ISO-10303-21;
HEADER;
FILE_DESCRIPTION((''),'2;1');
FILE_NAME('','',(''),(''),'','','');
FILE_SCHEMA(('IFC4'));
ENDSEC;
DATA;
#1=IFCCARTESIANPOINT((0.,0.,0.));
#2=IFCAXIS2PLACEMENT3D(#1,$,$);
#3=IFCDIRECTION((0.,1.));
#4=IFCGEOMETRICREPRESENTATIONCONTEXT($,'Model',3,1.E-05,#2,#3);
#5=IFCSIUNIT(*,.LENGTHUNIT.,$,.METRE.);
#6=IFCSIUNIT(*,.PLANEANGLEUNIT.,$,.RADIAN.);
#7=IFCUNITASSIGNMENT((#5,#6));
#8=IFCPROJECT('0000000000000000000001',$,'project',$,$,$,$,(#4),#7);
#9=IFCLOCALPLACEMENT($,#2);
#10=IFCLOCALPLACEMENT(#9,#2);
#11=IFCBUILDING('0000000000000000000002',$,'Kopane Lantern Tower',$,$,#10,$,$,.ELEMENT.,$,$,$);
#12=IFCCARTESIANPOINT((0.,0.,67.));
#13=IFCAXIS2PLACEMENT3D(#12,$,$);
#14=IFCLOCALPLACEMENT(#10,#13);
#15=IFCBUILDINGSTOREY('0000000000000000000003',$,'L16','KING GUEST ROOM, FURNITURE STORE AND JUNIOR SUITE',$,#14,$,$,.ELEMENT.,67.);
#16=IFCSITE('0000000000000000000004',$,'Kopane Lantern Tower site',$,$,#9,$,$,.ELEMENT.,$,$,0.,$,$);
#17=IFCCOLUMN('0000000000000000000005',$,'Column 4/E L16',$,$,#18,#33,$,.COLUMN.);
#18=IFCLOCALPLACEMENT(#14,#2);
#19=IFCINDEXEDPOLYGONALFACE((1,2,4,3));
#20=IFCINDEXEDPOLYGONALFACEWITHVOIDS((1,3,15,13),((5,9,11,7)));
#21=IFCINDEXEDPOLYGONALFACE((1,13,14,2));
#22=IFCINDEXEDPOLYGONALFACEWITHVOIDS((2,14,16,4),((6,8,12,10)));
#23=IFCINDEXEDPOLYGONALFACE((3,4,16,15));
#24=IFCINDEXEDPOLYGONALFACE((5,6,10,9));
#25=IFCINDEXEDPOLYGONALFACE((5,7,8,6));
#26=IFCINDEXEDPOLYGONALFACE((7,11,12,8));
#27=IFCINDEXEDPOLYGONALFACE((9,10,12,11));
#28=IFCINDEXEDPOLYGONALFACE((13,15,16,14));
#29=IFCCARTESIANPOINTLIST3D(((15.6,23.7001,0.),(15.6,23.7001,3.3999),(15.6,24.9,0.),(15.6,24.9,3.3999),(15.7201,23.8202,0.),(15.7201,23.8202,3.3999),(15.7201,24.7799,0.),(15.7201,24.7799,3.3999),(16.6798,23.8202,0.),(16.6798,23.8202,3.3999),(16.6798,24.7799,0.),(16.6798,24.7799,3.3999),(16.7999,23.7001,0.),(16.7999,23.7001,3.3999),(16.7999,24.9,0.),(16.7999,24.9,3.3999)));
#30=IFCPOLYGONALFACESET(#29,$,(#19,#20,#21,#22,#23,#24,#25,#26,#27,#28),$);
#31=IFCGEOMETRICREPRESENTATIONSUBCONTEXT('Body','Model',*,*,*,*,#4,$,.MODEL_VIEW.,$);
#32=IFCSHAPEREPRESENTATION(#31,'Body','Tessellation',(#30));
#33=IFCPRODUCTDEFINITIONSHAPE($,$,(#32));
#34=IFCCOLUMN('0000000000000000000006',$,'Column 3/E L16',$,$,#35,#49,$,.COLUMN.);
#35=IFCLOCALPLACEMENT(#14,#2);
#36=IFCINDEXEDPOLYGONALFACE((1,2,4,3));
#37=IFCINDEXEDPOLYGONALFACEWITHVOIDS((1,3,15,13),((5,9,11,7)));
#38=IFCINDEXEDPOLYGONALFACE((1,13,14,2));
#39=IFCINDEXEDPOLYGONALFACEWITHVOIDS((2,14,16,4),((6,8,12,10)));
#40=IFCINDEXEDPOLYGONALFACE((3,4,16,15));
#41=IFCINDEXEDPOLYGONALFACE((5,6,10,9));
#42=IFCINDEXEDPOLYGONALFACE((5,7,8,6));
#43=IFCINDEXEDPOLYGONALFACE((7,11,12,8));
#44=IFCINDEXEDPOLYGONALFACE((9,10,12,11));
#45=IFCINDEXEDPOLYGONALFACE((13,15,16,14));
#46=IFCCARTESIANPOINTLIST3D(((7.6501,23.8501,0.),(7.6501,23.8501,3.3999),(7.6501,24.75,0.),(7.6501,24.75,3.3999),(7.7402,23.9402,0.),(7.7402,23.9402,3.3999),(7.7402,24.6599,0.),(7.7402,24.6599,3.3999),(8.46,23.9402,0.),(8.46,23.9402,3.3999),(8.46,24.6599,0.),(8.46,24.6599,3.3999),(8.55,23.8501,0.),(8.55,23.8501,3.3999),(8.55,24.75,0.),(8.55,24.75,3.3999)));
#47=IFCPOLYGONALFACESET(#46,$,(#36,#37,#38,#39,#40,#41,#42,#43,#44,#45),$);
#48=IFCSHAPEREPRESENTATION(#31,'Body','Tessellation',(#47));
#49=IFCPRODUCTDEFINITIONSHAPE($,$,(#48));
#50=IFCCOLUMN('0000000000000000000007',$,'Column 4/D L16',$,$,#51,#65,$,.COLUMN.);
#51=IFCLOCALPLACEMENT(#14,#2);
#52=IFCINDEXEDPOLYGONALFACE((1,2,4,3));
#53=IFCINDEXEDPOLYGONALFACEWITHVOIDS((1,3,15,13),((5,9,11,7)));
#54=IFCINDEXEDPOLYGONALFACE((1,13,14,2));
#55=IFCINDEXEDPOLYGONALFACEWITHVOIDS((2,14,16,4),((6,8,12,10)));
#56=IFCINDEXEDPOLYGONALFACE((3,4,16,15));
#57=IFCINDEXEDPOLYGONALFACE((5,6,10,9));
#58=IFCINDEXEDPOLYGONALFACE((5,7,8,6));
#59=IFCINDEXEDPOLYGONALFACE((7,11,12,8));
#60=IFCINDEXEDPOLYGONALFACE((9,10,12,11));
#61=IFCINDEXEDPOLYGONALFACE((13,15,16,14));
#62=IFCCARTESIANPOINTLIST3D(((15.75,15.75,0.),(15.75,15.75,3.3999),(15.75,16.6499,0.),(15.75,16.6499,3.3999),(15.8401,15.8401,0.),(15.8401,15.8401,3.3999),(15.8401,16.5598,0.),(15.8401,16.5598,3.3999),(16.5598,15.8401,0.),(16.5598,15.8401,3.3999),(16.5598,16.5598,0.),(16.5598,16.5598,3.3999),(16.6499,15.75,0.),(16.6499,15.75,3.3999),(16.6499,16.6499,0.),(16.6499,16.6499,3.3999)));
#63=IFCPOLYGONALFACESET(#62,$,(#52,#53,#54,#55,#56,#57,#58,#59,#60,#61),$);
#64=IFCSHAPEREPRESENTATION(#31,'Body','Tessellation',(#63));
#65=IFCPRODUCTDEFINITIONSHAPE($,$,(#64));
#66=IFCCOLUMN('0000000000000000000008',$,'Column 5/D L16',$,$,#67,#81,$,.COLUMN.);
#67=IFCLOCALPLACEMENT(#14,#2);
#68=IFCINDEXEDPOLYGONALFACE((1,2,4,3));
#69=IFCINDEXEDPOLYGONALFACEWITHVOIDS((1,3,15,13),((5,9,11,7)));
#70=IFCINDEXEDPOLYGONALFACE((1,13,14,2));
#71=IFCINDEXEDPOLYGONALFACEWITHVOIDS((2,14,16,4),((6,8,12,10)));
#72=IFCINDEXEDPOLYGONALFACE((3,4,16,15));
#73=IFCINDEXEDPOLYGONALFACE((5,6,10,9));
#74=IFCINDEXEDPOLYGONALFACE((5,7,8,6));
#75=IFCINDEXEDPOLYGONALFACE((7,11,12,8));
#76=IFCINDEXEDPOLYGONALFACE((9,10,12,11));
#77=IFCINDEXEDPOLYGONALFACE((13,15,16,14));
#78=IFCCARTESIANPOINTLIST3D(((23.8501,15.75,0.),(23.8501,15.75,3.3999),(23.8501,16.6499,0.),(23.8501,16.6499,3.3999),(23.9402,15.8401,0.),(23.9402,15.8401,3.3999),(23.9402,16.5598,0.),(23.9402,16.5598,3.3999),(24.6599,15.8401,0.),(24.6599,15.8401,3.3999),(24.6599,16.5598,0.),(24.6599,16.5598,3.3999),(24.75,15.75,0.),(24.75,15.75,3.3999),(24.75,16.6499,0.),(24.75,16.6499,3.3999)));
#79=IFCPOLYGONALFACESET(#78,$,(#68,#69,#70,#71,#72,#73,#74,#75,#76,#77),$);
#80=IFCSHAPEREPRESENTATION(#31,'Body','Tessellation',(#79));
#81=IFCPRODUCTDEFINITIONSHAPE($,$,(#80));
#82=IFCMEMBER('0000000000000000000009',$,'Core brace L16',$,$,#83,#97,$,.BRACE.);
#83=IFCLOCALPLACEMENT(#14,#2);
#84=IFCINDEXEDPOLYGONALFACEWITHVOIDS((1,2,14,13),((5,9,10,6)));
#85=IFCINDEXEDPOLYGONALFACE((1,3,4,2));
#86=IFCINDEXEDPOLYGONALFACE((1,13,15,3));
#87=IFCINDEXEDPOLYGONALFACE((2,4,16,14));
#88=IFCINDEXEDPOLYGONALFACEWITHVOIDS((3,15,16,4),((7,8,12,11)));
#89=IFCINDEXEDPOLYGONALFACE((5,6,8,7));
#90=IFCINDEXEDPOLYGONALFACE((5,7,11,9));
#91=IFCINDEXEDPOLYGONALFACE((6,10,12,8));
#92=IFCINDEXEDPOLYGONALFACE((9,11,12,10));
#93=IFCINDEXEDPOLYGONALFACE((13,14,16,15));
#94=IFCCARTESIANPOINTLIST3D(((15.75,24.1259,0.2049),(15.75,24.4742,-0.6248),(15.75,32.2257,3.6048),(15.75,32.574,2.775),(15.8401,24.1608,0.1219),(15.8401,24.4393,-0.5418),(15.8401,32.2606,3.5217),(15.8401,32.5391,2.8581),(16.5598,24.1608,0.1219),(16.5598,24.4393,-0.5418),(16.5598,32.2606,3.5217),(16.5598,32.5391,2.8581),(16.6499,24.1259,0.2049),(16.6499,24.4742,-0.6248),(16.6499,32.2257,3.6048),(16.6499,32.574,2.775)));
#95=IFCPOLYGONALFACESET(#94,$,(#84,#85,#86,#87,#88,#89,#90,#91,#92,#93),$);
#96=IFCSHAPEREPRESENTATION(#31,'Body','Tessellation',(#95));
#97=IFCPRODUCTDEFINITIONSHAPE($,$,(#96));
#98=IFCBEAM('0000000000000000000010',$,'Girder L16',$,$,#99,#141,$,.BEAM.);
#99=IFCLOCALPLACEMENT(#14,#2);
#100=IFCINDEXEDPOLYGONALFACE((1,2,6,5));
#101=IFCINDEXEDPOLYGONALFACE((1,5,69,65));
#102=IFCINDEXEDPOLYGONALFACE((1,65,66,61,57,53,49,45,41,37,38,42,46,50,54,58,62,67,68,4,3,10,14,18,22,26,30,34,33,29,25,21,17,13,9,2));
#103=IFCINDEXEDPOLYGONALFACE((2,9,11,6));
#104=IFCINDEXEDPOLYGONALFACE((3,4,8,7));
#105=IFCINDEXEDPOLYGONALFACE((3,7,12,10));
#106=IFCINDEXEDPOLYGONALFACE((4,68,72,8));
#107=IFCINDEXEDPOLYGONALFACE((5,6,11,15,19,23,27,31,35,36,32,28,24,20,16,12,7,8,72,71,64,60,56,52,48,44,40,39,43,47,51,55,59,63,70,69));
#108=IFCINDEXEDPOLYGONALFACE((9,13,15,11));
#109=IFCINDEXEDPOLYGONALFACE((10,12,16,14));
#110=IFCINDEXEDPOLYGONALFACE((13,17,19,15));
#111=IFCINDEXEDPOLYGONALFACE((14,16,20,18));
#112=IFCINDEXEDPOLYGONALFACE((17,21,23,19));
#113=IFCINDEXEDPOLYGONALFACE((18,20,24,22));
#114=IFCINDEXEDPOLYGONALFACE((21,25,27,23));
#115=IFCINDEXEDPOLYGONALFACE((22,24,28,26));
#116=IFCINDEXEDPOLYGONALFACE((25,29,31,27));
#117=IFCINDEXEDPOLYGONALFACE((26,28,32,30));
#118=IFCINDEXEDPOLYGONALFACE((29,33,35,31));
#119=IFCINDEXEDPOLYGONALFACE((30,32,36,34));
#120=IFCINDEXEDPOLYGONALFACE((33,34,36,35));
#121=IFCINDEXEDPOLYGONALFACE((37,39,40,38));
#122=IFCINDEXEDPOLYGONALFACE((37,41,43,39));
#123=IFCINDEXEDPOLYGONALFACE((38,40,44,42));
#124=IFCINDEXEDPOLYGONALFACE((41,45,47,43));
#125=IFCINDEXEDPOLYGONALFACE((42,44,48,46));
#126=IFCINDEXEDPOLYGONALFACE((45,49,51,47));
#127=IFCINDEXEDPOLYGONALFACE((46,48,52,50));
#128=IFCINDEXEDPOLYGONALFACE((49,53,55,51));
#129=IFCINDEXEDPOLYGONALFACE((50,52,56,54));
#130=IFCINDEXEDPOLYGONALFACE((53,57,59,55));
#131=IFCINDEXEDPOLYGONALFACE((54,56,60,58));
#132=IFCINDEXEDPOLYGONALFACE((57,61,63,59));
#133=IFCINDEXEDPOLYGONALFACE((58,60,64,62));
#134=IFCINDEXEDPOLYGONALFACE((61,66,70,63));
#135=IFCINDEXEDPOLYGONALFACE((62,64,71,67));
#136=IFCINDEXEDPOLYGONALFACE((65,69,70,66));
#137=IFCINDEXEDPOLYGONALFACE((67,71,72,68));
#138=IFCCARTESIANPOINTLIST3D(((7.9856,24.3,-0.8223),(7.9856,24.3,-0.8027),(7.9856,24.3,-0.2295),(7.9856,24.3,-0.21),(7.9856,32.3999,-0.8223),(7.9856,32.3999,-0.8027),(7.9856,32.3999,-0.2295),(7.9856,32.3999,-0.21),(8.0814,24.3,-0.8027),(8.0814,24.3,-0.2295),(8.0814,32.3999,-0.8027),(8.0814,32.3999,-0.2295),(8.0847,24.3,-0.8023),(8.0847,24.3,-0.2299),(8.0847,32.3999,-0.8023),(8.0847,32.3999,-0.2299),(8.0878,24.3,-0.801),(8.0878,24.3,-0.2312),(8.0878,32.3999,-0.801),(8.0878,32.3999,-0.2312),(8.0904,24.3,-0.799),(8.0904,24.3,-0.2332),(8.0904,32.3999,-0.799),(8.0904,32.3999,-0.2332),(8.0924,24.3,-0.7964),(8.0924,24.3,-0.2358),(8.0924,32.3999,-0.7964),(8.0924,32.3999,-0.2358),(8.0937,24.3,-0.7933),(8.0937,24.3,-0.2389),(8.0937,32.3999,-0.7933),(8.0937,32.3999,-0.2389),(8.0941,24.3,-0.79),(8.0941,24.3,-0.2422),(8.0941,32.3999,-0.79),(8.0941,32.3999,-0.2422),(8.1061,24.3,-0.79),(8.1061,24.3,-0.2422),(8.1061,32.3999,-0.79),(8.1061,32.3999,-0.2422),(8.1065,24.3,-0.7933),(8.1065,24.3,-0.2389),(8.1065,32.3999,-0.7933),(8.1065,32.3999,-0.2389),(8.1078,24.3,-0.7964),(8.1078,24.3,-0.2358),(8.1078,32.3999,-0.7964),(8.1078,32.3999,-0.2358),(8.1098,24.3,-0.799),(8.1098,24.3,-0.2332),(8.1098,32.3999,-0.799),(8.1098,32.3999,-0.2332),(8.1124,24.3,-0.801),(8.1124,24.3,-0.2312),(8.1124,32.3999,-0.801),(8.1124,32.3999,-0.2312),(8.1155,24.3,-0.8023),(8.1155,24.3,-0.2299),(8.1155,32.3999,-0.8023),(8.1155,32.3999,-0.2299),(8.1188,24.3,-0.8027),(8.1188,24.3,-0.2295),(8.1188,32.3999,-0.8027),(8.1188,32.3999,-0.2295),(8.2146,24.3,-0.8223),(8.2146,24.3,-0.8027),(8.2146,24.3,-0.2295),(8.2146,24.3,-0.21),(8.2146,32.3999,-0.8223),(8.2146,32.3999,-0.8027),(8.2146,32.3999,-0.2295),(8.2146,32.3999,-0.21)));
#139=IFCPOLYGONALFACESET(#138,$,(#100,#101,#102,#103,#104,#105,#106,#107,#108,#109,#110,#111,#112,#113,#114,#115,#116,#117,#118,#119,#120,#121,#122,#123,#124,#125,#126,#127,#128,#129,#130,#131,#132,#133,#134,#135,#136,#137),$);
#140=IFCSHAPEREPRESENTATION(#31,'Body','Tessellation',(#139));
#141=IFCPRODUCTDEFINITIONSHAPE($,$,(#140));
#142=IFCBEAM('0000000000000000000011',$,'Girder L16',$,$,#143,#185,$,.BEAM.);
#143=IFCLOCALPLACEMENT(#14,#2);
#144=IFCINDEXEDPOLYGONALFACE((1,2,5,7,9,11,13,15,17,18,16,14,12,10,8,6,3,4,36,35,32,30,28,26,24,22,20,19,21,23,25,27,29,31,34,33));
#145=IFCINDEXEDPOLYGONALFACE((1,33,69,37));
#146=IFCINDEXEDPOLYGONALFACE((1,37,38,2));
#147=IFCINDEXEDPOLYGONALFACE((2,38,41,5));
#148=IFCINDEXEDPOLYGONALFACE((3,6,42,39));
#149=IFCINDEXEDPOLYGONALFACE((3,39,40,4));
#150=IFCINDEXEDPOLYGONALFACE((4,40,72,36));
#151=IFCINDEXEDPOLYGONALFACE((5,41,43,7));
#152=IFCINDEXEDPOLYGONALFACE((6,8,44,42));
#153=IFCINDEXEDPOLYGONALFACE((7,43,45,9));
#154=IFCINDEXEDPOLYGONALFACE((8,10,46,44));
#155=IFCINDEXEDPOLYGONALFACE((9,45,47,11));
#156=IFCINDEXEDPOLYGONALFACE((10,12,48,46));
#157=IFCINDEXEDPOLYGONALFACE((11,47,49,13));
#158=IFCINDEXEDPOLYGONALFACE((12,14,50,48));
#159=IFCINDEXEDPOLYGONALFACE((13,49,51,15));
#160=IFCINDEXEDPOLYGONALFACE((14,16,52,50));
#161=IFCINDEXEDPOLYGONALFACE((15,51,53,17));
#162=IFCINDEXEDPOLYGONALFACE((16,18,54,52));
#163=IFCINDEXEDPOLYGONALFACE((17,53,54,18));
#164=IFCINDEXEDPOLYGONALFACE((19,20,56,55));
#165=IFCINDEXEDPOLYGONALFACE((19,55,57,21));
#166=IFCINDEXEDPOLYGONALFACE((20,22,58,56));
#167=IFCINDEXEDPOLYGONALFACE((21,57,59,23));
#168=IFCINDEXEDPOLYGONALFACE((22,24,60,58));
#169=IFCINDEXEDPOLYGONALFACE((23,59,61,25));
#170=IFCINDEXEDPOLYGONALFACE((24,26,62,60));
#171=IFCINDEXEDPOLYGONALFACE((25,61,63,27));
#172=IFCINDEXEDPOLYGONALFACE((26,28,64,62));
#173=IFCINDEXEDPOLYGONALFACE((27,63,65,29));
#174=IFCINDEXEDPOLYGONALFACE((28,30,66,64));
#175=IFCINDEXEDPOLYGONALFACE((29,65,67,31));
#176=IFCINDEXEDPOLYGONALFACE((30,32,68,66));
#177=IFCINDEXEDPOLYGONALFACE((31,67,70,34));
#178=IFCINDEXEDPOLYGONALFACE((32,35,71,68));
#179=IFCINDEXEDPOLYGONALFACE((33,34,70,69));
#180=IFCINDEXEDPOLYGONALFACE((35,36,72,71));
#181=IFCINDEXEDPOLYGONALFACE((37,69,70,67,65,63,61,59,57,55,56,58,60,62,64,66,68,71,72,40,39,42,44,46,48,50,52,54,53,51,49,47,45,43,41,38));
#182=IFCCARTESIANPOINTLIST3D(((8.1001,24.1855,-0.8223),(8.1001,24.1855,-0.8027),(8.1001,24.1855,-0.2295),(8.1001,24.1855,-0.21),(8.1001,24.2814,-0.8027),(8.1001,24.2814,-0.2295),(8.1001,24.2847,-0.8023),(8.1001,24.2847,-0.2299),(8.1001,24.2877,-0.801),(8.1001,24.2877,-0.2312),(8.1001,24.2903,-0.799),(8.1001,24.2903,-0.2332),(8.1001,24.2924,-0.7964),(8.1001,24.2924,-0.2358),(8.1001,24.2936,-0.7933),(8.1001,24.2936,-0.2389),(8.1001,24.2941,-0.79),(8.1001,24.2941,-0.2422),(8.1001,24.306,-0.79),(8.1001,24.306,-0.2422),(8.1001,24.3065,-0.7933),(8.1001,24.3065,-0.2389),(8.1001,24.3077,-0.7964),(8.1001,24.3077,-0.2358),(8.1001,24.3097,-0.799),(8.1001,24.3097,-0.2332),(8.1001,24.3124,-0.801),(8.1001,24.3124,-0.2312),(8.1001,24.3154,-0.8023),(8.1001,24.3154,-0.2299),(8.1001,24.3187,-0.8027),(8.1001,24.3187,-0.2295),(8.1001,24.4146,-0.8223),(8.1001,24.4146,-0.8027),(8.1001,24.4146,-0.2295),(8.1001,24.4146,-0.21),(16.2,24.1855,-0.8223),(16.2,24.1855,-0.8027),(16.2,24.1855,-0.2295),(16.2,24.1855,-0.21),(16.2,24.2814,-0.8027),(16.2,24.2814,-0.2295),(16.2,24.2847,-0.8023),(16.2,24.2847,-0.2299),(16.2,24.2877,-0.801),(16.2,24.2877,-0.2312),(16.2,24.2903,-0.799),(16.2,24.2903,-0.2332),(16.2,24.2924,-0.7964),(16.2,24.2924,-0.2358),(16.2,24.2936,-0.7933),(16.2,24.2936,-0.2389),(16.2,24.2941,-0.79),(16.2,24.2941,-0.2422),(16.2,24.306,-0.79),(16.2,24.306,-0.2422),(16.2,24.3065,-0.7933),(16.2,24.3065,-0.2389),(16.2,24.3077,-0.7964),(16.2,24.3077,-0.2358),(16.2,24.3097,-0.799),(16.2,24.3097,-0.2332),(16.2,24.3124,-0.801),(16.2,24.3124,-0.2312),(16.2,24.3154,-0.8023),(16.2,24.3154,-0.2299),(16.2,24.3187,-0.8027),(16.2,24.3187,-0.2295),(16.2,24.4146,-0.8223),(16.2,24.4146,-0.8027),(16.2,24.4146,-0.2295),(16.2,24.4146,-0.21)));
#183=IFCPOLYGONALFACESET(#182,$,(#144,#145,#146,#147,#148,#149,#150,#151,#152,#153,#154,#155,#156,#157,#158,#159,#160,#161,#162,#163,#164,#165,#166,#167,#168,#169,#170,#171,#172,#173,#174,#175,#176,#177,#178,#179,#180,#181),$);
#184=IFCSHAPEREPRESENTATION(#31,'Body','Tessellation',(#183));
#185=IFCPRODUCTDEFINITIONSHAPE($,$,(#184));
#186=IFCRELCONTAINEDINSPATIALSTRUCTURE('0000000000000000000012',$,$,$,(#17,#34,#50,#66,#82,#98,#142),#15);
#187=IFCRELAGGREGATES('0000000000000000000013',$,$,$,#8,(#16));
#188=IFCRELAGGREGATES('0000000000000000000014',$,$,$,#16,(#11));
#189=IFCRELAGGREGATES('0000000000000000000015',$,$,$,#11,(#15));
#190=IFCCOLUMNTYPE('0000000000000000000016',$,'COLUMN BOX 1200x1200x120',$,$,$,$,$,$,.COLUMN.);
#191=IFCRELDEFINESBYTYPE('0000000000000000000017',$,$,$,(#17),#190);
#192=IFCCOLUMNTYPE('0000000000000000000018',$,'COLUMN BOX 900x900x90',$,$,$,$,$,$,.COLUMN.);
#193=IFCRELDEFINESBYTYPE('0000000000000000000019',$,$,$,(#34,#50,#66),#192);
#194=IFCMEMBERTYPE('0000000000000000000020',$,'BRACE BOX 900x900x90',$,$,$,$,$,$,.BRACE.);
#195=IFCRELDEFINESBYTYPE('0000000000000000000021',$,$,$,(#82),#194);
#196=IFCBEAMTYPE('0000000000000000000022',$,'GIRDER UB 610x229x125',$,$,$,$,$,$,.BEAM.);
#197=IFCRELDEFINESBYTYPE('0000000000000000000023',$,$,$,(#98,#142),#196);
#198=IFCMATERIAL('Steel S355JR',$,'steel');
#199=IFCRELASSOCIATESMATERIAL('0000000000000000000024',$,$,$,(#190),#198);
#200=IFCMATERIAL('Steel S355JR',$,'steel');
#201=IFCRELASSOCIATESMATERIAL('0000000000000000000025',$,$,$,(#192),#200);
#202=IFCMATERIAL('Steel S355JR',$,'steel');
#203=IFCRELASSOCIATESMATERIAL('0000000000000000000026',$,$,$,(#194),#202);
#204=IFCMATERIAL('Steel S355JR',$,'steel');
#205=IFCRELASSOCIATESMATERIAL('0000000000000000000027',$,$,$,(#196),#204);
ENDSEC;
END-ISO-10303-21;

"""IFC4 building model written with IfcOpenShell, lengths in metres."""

from ifc_helpers import new_model, si_unit, direction, frame, origin, origin_2d, place, context, subcontext, project, spatial, hollow_rectangle, i_section, extrude, material, material_profile, profile_set, type_object, element, save


model = new_model("IFC4")

# Units and contexts
model_context = context("Model", 3, precision=1e-05, world=origin(), true_north=direction((0.0, 1.0)))
body_context = subcontext(model_context, "Body", "Model", "MODEL_VIEW")
ifc_project = project(units=[si_unit("LENGTHUNIT", "METRE"), si_unit("PLANEANGLEUNIT", "RADIAN")], contexts=[model_context])

# Site, building, storey
site_placement = place(None, origin())
site = spatial("IfcSite", under=ifc_project, at=site_placement, Name="Kopane Lantern Tower site", CompositionType="ELEMENT", RefElevation=0.0)
building_placement = place(site_placement, origin())
building = spatial("IfcBuilding", under=site, at=building_placement, Name="Kopane Lantern Tower", CompositionType="ELEMENT")
storey_placement = place(building_placement, frame((0.0, 0.0, 67.0)))
storey = spatial("IfcBuildingStorey", under=building, at=storey_placement, Name="L16", Description="KING GUEST ROOM, FURNITURE STORE AND JUNIOR SUITE", CompositionType="ELEMENT", Elevation=67.0)

# Columns
ifc_material_1 = material(Name="Steel S355JR", Category="steel")
ifc_material_profile_1 = material_profile(ifc_material_1, hollow_rectangle(XDim=1.2, YDim=1.2, WallThickness=0.1201, at=origin_2d()), Name="BOX 1200x1200x120")
ifc_profile_set_1 = profile_set([ifc_material_profile_1], Name="Steel S355JR")
column_type_1 = type_object("IfcColumnType", Name="COLUMN BOX 1200x1200x120", PredefinedType="COLUMN", material=ifc_profile_set_1)
column_placement = place(storey_placement, frame((16.2, 24.3, 0.0), z_axis=(0.0, 0.0, 1.0), x_axis=(1.0, 0.0, 0.0)))
element("IfcColumn", 1, at=column_placement, inside=storey, type_object=column_type_1, Name="Column 4/E L16", PredefinedType="COLUMN", context=body_context, shape_type="SweptSolid", body=[
    extrude(hollow_rectangle(XDim=1.2, YDim=1.2, WallThickness=0.1201, at=origin_2d()), origin(), (0.0, 0.0, 1.0), 3.3999),
])
ifc_material_2 = material(Name="Steel S355JR", Category="steel")
ifc_material_profile_2 = material_profile(ifc_material_2, hollow_rectangle(XDim=0.8999, YDim=0.8999, WallThickness=0.0901, at=origin_2d()), Name="BOX 900x900x90")
ifc_profile_set_2 = profile_set([ifc_material_profile_2], Name="Steel S355JR")
column_type_2 = type_object("IfcColumnType", Name="COLUMN BOX 900x900x90", PredefinedType="COLUMN", material=ifc_profile_set_2)
for number, where, z_axis, x_axis, name in (
    (2, (8.1001, 24.3, 0.0), (0.0, 0.0, 1.0), (1.0, 0.0, 0.0), "Column 3/E L16"),
    (3, (16.2, 16.2, 0.0), (0.0, 0.0, 1.0), (1.0, 0.0, 0.0), "Column 4/D L16"),
    (4, (24.3, 16.2, 0.0), (0.0, 0.0, 1.0), (1.0, 0.0, 0.0), "Column 5/D L16"),
):
    element("IfcColumn", number, at=place(storey_placement, frame(where, z_axis=z_axis, x_axis=x_axis)), inside=storey, type_object=column_type_2, Name=name, PredefinedType="COLUMN", context=body_context, shape_type="SweptSolid", body=[
        extrude(hollow_rectangle(XDim=0.8999, YDim=0.8999, WallThickness=0.0901, at=origin_2d()), origin(), (0.0, 0.0, 1.0), 3.3999),
    ])

# Member
ifc_material_3 = material(Name="Steel S355JR", Category="steel")
ifc_material_profile_3 = material_profile(ifc_material_3, hollow_rectangle(XDim=0.8999, YDim=0.8999, WallThickness=0.0901, at=origin_2d()), Name="BOX 900x900x90")
ifc_profile_set_3 = profile_set([ifc_material_profile_3], Name="Steel S355JR")
member_type = type_object("IfcMemberType", Name="BRACE BOX 900x900x90", PredefinedType="BRACE", material=ifc_profile_set_3)
member_placement = place(storey_placement, frame((16.2, 24.3, -0.21), z_axis=(0.0, 0.922065, 0.387035), x_axis=(-1.0, 0.0, 0.0)))
element("IfcMember", 5, at=member_placement, inside=storey, type_object=member_type, Name="Core brace L16", PredefinedType="BRACE", context=body_context, shape_type="SweptSolid", body=[
    extrude(hollow_rectangle(XDim=0.8999, YDim=0.8999, WallThickness=0.0901, at=origin_2d()), origin(), (0.0, 0.0, 1.0), 8.7844),
])

# Beams
ifc_material_4 = material(Name="Steel S355JR", Category="steel")
ifc_material_profile_4 = material_profile(ifc_material_4, i_section(OverallWidth=0.229, OverallDepth=0.6123, WebThickness=0.012, FlangeThickness=0.0195, FilletRadius=0.0127, at=origin_2d()), Name="UB 610x229x125")
ifc_profile_set_4 = profile_set([ifc_material_profile_4], Name="Steel S355JR")
beam_type = type_object("IfcBeamType", Name="GIRDER UB 610x229x125", PredefinedType="BEAM", material=ifc_profile_set_4)
for number, where, z_axis, x_axis, name in (
    (6, (8.1001, 24.3, -0.5161), (0.0, 1.0, 0.0), (-1.0, 0.0, 0.0), "Girder L16"),
    (7, (8.1001, 24.3, -0.5161), (1.0, 0.0, 0.0), (0.0, 1.0, 0.0), "Girder L16"),
):
    element("IfcBeam", number, at=place(storey_placement, frame(where, z_axis=z_axis, x_axis=x_axis)), inside=storey, type_object=beam_type, Name=name, PredefinedType="BEAM", context=body_context, shape_type="SweptSolid", body=[
        extrude(i_section(OverallWidth=0.229, OverallDepth=0.6123, WebThickness=0.012, FlangeThickness=0.0195, FilletRadius=0.0127, at=origin_2d()), origin(), (0.0, 0.0, 1.0), 8.0999),
    ])

save(model, "model.ifc")
